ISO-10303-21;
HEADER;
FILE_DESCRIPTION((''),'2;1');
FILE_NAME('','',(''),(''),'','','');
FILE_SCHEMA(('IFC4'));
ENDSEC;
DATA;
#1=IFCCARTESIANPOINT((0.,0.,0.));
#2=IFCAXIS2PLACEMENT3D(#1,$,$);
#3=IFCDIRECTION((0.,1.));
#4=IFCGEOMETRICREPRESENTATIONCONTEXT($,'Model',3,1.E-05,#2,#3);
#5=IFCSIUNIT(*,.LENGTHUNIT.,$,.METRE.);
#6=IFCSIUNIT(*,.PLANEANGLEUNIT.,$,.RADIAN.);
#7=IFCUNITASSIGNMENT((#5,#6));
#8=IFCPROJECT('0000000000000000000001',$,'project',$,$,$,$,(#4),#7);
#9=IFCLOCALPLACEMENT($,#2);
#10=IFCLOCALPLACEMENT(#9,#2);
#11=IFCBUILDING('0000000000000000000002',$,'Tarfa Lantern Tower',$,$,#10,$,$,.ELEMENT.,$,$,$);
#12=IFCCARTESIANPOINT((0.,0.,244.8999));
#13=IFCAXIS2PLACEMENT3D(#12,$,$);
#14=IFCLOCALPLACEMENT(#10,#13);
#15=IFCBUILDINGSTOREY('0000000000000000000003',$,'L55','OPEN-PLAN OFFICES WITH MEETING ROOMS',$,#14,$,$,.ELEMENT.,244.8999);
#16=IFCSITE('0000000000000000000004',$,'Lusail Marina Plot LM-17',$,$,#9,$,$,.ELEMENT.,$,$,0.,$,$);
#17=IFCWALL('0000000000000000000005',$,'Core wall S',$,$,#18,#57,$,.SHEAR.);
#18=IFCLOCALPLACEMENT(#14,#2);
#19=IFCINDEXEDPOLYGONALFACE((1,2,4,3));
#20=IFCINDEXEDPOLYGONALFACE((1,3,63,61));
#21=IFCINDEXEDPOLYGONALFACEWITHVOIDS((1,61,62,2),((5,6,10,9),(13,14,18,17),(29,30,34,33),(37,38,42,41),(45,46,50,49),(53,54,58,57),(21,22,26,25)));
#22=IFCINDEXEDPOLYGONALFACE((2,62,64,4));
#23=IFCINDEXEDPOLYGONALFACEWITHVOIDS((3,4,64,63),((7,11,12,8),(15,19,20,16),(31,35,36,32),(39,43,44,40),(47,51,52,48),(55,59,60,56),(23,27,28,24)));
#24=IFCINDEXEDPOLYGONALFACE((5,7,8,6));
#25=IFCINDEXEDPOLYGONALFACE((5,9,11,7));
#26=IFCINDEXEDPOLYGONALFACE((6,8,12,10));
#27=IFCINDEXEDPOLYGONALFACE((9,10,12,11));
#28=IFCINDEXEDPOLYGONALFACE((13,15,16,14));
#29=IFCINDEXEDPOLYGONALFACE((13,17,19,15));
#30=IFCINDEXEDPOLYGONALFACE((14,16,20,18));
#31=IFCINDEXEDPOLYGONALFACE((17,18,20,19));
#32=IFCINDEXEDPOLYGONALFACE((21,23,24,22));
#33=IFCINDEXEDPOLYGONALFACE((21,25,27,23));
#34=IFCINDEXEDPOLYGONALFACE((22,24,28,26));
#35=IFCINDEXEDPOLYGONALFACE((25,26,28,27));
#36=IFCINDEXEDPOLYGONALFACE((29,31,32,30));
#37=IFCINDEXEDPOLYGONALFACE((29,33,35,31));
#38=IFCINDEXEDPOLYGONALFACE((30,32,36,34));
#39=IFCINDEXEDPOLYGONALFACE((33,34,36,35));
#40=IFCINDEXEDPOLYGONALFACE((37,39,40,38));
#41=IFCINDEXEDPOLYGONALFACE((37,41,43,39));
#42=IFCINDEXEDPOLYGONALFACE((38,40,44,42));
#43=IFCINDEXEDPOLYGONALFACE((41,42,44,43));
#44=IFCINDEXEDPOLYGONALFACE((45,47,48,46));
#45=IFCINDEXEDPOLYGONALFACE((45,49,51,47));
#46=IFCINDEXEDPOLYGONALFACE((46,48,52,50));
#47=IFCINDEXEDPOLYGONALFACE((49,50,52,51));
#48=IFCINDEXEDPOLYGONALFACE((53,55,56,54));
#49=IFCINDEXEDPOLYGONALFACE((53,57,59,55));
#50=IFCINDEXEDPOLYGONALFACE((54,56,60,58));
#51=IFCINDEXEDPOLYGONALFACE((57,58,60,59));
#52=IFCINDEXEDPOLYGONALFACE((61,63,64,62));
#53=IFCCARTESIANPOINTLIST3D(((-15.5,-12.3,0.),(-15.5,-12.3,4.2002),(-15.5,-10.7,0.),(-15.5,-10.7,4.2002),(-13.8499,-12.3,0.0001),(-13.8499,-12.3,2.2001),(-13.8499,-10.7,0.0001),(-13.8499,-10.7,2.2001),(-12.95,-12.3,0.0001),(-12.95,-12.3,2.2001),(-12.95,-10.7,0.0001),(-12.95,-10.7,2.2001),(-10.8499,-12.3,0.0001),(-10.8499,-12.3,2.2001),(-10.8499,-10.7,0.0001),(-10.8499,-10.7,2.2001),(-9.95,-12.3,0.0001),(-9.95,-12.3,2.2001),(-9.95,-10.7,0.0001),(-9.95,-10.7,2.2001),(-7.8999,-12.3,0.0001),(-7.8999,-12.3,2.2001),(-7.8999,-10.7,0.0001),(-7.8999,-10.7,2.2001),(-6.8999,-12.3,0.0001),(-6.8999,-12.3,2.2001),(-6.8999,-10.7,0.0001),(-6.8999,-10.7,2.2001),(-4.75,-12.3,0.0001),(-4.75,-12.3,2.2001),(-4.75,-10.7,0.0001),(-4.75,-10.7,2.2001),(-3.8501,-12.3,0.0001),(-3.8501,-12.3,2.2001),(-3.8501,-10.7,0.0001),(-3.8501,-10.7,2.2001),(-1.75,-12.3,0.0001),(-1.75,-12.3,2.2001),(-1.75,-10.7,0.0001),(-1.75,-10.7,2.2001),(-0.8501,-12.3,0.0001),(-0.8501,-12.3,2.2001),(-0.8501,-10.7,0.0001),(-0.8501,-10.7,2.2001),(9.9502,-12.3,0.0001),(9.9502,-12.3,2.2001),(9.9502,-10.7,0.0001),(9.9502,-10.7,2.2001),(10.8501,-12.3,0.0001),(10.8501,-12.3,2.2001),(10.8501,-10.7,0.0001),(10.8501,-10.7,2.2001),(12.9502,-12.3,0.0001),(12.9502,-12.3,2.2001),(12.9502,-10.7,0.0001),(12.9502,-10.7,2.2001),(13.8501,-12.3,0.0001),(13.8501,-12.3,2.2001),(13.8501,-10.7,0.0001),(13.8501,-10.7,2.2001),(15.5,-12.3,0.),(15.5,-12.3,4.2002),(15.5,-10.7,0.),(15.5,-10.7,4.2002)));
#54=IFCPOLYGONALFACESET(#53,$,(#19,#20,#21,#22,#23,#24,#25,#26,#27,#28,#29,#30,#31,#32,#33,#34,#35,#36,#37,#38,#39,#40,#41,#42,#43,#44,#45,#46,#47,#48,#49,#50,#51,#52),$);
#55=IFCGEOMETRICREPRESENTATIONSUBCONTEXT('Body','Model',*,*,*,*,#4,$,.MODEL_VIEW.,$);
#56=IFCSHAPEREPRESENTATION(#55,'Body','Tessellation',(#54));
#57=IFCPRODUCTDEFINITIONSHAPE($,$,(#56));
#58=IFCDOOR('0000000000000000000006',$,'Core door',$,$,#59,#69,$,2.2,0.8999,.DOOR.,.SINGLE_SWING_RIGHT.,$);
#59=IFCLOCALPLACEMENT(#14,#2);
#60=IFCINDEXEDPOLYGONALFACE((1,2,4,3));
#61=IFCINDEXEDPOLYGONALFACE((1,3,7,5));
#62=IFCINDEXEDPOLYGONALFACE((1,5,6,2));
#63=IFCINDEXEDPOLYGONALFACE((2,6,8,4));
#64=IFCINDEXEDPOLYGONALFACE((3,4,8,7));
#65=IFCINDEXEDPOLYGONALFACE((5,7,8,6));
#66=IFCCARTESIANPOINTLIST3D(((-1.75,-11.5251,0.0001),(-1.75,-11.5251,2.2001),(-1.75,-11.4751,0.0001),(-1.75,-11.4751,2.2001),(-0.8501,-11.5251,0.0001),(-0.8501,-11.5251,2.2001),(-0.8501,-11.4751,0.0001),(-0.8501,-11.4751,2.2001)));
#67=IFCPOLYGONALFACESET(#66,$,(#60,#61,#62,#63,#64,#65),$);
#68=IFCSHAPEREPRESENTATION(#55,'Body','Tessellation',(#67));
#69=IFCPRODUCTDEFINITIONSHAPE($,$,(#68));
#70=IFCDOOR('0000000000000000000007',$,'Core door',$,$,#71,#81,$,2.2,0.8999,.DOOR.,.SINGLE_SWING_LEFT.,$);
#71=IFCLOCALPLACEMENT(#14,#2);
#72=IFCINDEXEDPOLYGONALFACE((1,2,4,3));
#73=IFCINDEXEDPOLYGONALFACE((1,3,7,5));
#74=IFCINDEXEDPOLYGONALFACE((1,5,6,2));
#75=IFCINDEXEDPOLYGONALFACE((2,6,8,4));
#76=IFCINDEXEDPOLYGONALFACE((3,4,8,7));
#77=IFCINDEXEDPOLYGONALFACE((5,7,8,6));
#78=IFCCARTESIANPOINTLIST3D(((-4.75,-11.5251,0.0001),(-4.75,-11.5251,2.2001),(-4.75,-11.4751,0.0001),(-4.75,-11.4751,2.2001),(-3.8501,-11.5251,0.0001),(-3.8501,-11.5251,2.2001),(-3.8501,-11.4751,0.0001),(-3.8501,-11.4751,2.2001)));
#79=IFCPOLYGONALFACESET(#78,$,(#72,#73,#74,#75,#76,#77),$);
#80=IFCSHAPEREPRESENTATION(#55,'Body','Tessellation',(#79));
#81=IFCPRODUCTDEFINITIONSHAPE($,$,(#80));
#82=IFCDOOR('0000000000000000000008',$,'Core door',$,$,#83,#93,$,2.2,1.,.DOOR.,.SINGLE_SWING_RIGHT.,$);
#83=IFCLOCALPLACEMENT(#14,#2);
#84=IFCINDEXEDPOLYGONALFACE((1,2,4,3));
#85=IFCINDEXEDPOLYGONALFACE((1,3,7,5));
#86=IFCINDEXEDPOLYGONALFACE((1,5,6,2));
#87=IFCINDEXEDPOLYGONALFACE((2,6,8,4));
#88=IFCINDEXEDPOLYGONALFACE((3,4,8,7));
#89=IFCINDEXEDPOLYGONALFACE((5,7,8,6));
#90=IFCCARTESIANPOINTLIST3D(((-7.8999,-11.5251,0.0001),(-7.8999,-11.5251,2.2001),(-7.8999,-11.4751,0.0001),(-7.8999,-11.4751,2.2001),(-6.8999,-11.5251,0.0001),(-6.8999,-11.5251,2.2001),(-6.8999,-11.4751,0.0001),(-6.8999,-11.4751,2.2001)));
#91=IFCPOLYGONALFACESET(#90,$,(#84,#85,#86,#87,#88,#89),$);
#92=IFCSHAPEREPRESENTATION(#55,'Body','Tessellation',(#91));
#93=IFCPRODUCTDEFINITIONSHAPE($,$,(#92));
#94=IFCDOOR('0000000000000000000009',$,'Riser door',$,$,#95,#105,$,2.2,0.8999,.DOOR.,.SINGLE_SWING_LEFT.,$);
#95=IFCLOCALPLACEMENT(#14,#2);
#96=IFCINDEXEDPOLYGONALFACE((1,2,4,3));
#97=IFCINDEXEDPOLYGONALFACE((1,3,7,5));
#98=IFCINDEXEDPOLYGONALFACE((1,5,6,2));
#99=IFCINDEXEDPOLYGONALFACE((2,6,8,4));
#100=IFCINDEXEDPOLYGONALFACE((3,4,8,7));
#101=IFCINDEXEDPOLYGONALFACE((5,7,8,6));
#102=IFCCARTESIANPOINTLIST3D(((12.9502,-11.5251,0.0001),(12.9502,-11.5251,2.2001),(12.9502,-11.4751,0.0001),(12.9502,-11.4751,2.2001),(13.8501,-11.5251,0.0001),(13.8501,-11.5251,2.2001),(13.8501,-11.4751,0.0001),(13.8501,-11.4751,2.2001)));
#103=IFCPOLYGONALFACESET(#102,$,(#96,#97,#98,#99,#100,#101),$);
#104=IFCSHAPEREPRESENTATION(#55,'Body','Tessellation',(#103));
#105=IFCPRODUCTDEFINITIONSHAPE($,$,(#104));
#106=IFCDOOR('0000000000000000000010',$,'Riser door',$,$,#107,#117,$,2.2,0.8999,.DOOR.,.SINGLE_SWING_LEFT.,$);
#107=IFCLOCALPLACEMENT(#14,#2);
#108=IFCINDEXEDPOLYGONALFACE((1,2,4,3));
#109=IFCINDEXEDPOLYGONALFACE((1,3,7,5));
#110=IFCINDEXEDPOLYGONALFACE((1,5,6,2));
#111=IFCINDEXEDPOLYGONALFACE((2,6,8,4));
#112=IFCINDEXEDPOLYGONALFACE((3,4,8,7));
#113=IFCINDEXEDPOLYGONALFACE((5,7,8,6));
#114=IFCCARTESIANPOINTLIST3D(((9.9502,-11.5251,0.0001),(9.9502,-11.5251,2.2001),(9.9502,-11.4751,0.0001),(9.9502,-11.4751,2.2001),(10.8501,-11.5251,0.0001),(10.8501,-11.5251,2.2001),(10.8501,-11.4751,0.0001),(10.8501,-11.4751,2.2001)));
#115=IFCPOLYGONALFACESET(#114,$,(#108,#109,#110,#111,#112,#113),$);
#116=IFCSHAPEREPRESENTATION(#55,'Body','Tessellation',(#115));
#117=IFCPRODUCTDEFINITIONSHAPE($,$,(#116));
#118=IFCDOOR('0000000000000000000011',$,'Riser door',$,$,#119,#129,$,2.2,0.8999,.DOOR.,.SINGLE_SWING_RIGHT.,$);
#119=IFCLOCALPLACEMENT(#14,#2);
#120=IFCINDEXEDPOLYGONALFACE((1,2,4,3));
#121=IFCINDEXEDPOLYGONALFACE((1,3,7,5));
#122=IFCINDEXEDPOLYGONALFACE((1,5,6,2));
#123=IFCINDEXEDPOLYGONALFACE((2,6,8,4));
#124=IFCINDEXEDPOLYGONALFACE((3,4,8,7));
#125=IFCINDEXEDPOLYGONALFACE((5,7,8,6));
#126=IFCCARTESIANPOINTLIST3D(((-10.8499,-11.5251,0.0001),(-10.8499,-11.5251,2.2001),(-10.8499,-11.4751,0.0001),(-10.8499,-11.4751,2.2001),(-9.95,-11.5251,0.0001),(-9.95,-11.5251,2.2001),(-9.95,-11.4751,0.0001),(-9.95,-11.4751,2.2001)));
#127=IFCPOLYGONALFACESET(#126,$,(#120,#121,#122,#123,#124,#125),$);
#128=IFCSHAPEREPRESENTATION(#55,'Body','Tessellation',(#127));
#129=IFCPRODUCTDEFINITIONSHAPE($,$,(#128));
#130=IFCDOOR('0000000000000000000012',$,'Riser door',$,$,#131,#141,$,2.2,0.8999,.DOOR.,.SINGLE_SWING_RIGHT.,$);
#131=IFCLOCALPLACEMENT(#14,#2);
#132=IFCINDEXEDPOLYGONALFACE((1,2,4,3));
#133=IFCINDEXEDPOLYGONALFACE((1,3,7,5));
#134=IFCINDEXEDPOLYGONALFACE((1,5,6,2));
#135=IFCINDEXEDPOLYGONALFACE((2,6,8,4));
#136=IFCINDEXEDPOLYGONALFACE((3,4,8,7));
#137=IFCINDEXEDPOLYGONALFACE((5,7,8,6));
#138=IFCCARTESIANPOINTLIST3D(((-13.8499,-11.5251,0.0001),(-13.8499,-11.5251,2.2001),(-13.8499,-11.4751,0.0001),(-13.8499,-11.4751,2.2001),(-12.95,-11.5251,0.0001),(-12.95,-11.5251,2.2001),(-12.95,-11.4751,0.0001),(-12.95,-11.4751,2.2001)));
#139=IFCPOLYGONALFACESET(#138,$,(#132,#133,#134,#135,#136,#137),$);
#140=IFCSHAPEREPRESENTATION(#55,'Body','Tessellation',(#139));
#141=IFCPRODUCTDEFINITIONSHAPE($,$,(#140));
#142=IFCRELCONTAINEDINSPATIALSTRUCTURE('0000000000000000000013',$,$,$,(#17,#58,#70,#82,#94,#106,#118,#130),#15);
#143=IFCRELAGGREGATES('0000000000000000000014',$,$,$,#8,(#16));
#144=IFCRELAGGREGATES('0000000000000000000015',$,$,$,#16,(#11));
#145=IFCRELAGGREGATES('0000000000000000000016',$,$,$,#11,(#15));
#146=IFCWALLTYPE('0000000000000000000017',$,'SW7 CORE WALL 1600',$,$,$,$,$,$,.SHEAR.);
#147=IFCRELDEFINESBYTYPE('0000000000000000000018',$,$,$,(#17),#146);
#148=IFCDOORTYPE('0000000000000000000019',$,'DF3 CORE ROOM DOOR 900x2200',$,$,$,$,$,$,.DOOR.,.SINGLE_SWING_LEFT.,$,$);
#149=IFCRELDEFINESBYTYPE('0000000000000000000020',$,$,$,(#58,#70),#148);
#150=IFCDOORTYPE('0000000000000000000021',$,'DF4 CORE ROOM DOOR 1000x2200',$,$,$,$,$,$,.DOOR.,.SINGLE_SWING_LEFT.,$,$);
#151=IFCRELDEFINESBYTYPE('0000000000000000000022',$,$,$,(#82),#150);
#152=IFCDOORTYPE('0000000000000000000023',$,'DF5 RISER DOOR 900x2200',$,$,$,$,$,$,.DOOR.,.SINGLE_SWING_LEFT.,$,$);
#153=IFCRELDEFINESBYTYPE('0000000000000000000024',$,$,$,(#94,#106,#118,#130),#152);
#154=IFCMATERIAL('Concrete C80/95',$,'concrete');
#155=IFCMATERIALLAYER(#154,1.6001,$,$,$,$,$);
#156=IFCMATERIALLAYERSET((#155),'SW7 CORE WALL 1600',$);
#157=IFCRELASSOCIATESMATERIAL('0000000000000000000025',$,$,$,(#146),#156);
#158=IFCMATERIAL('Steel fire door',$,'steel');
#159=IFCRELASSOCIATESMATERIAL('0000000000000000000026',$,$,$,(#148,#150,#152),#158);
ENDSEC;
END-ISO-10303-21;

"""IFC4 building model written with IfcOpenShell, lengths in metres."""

from ifc_helpers import new_model, si_unit, direction, frame, frame_2d, origin, place, context, subcontext, project, spatial, rectangle, extrude, material, layer, layer_set, type_object, element, fill, save


model = new_model("IFC4")

# Units and contexts
model_context = context("Model", 3, precision=1e-05, world=origin(), true_north=direction((0.0, 1.0)))
body_context = subcontext(model_context, "Body", "Model", "MODEL_VIEW")
ifc_project = project(units=[si_unit("LENGTHUNIT", "METRE"), si_unit("PLANEANGLEUNIT", "RADIAN")], contexts=[model_context])

# Site, building, storey
site_placement = place(None, origin())
site = spatial("IfcSite", under=ifc_project, at=site_placement, Name="Lusail Marina Plot LM-17", CompositionType="ELEMENT", RefElevation=0.0)
building_placement = place(site_placement, origin())
building = spatial("IfcBuilding", under=site, at=building_placement, Name="Tarfa Lantern Tower", CompositionType="ELEMENT")
storey_placement = place(building_placement, frame((0.0, 0.0, 244.8999)))
storey = spatial("IfcBuildingStorey", under=building, at=storey_placement, Name="L55", Description="OPEN-PLAN OFFICES WITH MEETING ROOMS", CompositionType="ELEMENT", Elevation=244.8999)

# Shared definitions
ifc_material_1 = material(Name="Concrete C80/95", Category="concrete")

# Shared definitions
ifc_material_2 = material(Name="Steel fire door", Category="steel")

# Wall, openings, doors
ifc_layer_1 = layer(ifc_material_1, 1.6001)
ifc_layer_set_1 = layer_set([ifc_layer_1], Name="SW7 CORE WALL 1600")
wall_type_1 = type_object("IfcWallType", Name="SW7 CORE WALL 1600", PredefinedType="SHEAR", material=ifc_layer_set_1)
wall_1_placement = place(storey_placement, frame((15.5, -11.5, 0.0), z_axis=(0.0, 0.0, 1.0), x_axis=(-1.0, 0.0, 0.0)))
wall_1 = element("IfcWall", 1, at=wall_1_placement, inside=storey, type_object=wall_type_1, Name="Core wall S", PredefinedType="SHEAR", context=body_context, shape_type="SweptSolid", body=[
    extrude(rectangle(XDim=31.0, YDim=1.6001, at=frame_2d((15.5, 0.0))), origin(), (0.0, 0.0, 1.0), 4.2002),
])
opening_1_placement = place(wall_1_placement, frame((16.3501, 0.0, 0.0)))
opening_1 = element("IfcOpeningElement", 2, at=opening_1_placement, cuts=wall_1, PredefinedType="OPENING", context=body_context, shape_type="SweptSolid", body=[
    extrude(rectangle(XDim=0.8999, YDim=2.2, at=frame_2d((0.45, 1.1001))), frame((0.0, 0.8101, 0.0), z_axis=(0.0, -1.0, 0.0), x_axis=(1.0, 0.0, 0.0)), (0.0, 0.0, 1.0), 1.6201),
])
opening_2_placement = place(wall_1_placement, frame((19.3501, 0.0, 0.0)))
opening_2 = element("IfcOpeningElement", 3, at=opening_2_placement, cuts=wall_1, PredefinedType="OPENING", context=body_context, shape_type="SweptSolid", body=[
    extrude(rectangle(XDim=0.8999, YDim=2.2, at=frame_2d((0.45, 1.1001))), frame((0.0, 0.8101, 0.0), z_axis=(0.0, -1.0, 0.0), x_axis=(1.0, 0.0, 0.0)), (0.0, 0.0, 1.0), 1.6201),
])
opening_3_placement = place(wall_1_placement, frame((22.3999, 0.0, 0.0)))
opening_3 = element("IfcOpeningElement", 4, at=opening_3_placement, cuts=wall_1, PredefinedType="OPENING", context=body_context, shape_type="SweptSolid", body=[
    extrude(rectangle(XDim=1.0, YDim=2.2, at=frame_2d((0.5, 1.1001))), frame((0.0, 0.8101, 0.0), z_axis=(0.0, -1.0, 0.0), x_axis=(1.0, 0.0, 0.0)), (0.0, 0.0, 1.0), 1.6201),
])
opening_4_placement = place(wall_1_placement, frame((1.6499, 0.0, 0.0)))
opening_4 = element("IfcOpeningElement", 5, at=opening_4_placement, cuts=wall_1, PredefinedType="OPENING", context=body_context, shape_type="SweptSolid", body=[
    extrude(rectangle(XDim=0.8999, YDim=2.2, at=frame_2d((0.45, 1.1001))), frame((0.0, 0.8101, 0.0), z_axis=(0.0, -1.0, 0.0), x_axis=(1.0, 0.0, 0.0)), (0.0, 0.0, 1.0), 1.6201),
])
opening_5_placement = place(wall_1_placement, frame((4.6499, 0.0, 0.0)))
opening_5 = element("IfcOpeningElement", 6, at=opening_5_placement, cuts=wall_1, PredefinedType="OPENING", context=body_context, shape_type="SweptSolid", body=[
    extrude(rectangle(XDim=0.8999, YDim=2.2, at=frame_2d((0.45, 1.1001))), frame((0.0, 0.8101, 0.0), z_axis=(0.0, -1.0, 0.0), x_axis=(1.0, 0.0, 0.0)), (0.0, 0.0, 1.0), 1.6201),
])
opening_6_placement = place(wall_1_placement, frame((25.45, 0.0, 0.0)))
opening_6 = element("IfcOpeningElement", 7, at=opening_6_placement, cuts=wall_1, PredefinedType="OPENING", context=body_context, shape_type="SweptSolid", body=[
    extrude(rectangle(XDim=0.8999, YDim=2.2, at=frame_2d((0.45, 1.1001))), frame((0.0, 0.8101, 0.0), z_axis=(0.0, -1.0, 0.0), x_axis=(1.0, 0.0, 0.0)), (0.0, 0.0, 1.0), 1.6201),
])
opening_7_placement = place(wall_1_placement, frame((28.45, 0.0, 0.0)))
opening_7 = element("IfcOpeningElement", 8, at=opening_7_placement, cuts=wall_1, PredefinedType="OPENING", context=body_context, shape_type="SweptSolid", body=[
    extrude(rectangle(XDim=0.8999, YDim=2.2, at=frame_2d((0.45, 1.1001))), frame((0.0, 0.8101, 0.0), z_axis=(0.0, -1.0, 0.0), x_axis=(1.0, 0.0, 0.0)), (0.0, 0.0, 1.0), 1.6201),
])
door_type_1 = type_object("IfcDoorType", Name="DF3 CORE ROOM DOOR 900x2200", OperationType="SINGLE_SWING_LEFT", PredefinedType="DOOR", material=ifc_material_2)
door_1_placement = place(opening_1_placement, frame((0.8999, 0.0, 0.0), z_axis=(0.0, 0.0, 1.0), x_axis=(-1.0, 0.0, 0.0)))
door_1 = element("IfcDoor", 9, at=door_1_placement, inside=storey, type_object=door_type_1, Name="Core door", OperationType="SINGLE_SWING_RIGHT", OverallHeight=2.2, OverallWidth=0.8999, PredefinedType="DOOR", context=body_context, shape_type="SweptSolid", body=[
    extrude(rectangle(XDim=0.8999, YDim=2.2, at=frame_2d((0.45, 1.1001))), frame((0.0, 0.0249, 0.0), z_axis=(0.0, -1.0, 0.0), x_axis=(1.0, 0.0, 0.0)), (0.0, 0.0, 1.0), 0.05),
])
fill(opening_1, door_1)
door_2_placement = place(opening_2_placement, frame((0.8999, 0.0, 0.0), z_axis=(0.0, 0.0, 1.0), x_axis=(-1.0, 0.0, 0.0)))
door_2 = element("IfcDoor", 10, at=door_2_placement, inside=storey, type_object=door_type_1, Name="Core door", OperationType="SINGLE_SWING_LEFT", OverallHeight=2.2, OverallWidth=0.8999, PredefinedType="DOOR", context=body_context, shape_type="SweptSolid", body=[
    extrude(rectangle(XDim=0.8999, YDim=2.2, at=frame_2d((0.45, 1.1001))), frame((0.0, 0.0249, 0.0), z_axis=(0.0, -1.0, 0.0), x_axis=(1.0, 0.0, 0.0)), (0.0, 0.0, 1.0), 0.05),
])
fill(opening_2, door_2)
door_type_2 = type_object("IfcDoorType", Name="DF4 CORE ROOM DOOR 1000x2200", OperationType="SINGLE_SWING_LEFT", PredefinedType="DOOR", material=ifc_material_2)
door_3_placement = place(opening_3_placement, frame((1.0, 0.0, 0.0), z_axis=(0.0, 0.0, 1.0), x_axis=(-1.0, 0.0, 0.0)))
door_3 = element("IfcDoor", 11, at=door_3_placement, inside=storey, type_object=door_type_2, Name="Core door", OperationType="SINGLE_SWING_RIGHT", OverallHeight=2.2, OverallWidth=1.0, PredefinedType="DOOR", context=body_context, shape_type="SweptSolid", body=[
    extrude(rectangle(XDim=1.0, YDim=2.2, at=frame_2d((0.5, 1.1001))), frame((0.0, 0.0249, 0.0), z_axis=(0.0, -1.0, 0.0), x_axis=(1.0, 0.0, 0.0)), (0.0, 0.0, 1.0), 0.05),
])
fill(opening_3, door_3)
door_type_3 = type_object("IfcDoorType", Name="DF5 RISER DOOR 900x2200", OperationType="SINGLE_SWING_LEFT", PredefinedType="DOOR", material=ifc_material_2)
door_4_placement = place(opening_4_placement, frame((0.8999, 0.0, 0.0), z_axis=(0.0, 0.0, 1.0), x_axis=(-1.0, 0.0, 0.0)))
door_4 = element("IfcDoor", 12, at=door_4_placement, inside=storey, type_object=door_type_3, Name="Riser door", OperationType="SINGLE_SWING_LEFT", OverallHeight=2.2, OverallWidth=0.8999, PredefinedType="DOOR", context=body_context, shape_type="SweptSolid", body=[
    extrude(rectangle(XDim=0.8999, YDim=2.2, at=frame_2d((0.45, 1.1001))), frame((0.0, 0.0249, 0.0), z_axis=(0.0, -1.0, 0.0), x_axis=(1.0, 0.0, 0.0)), (0.0, 0.0, 1.0), 0.05),
])
fill(opening_4, door_4)
door_5_placement = place(opening_5_placement, frame((0.8999, 0.0, 0.0), z_axis=(0.0, 0.0, 1.0), x_axis=(-1.0, 0.0, 0.0)))
door_5 = element("IfcDoor", 13, at=door_5_placement, inside=storey, type_object=door_type_3, Name="Riser door", OperationType="SINGLE_SWING_LEFT", OverallHeight=2.2, OverallWidth=0.8999, PredefinedType="DOOR", context=body_context, shape_type="SweptSolid", body=[
    extrude(rectangle(XDim=0.8999, YDim=2.2, at=frame_2d((0.45, 1.1001))), frame((0.0, 0.0249, 0.0), z_axis=(0.0, -1.0, 0.0), x_axis=(1.0, 0.0, 0.0)), (0.0, 0.0, 1.0), 0.05),
])
fill(opening_5, door_5)
door_6_placement = place(opening_6_placement, frame((0.8999, 0.0, 0.0), z_axis=(0.0, 0.0, 1.0), x_axis=(-1.0, 0.0, 0.0)))
door_6 = element("IfcDoor", 14, at=door_6_placement, inside=storey, type_object=door_type_3, Name="Riser door", OperationType="SINGLE_SWING_RIGHT", OverallHeight=2.2, OverallWidth=0.8999, PredefinedType="DOOR", context=body_context, shape_type="SweptSolid", body=[
    extrude(rectangle(XDim=0.8999, YDim=2.2, at=frame_2d((0.45, 1.1001))), frame((0.0, 0.0249, 0.0), z_axis=(0.0, -1.0, 0.0), x_axis=(1.0, 0.0, 0.0)), (0.0, 0.0, 1.0), 0.05),
])
fill(opening_6, door_6)
door_7_placement = place(opening_7_placement, frame((0.8999, 0.0, 0.0), z_axis=(0.0, 0.0, 1.0), x_axis=(-1.0, 0.0, 0.0)))
door_7 = element("IfcDoor", 15, at=door_7_placement, inside=storey, type_object=door_type_3, Name="Riser door", OperationType="SINGLE_SWING_RIGHT", OverallHeight=2.2, OverallWidth=0.8999, PredefinedType="DOOR", context=body_context, shape_type="SweptSolid", body=[
    extrude(rectangle(XDim=0.8999, YDim=2.2, at=frame_2d((0.45, 1.1001))), frame((0.0, 0.0249, 0.0), z_axis=(0.0, -1.0, 0.0), x_axis=(1.0, 0.0, 0.0)), (0.0, 0.0, 1.0), 0.05),
])
fill(opening_7, door_7)

save(model, "model.ifc")
